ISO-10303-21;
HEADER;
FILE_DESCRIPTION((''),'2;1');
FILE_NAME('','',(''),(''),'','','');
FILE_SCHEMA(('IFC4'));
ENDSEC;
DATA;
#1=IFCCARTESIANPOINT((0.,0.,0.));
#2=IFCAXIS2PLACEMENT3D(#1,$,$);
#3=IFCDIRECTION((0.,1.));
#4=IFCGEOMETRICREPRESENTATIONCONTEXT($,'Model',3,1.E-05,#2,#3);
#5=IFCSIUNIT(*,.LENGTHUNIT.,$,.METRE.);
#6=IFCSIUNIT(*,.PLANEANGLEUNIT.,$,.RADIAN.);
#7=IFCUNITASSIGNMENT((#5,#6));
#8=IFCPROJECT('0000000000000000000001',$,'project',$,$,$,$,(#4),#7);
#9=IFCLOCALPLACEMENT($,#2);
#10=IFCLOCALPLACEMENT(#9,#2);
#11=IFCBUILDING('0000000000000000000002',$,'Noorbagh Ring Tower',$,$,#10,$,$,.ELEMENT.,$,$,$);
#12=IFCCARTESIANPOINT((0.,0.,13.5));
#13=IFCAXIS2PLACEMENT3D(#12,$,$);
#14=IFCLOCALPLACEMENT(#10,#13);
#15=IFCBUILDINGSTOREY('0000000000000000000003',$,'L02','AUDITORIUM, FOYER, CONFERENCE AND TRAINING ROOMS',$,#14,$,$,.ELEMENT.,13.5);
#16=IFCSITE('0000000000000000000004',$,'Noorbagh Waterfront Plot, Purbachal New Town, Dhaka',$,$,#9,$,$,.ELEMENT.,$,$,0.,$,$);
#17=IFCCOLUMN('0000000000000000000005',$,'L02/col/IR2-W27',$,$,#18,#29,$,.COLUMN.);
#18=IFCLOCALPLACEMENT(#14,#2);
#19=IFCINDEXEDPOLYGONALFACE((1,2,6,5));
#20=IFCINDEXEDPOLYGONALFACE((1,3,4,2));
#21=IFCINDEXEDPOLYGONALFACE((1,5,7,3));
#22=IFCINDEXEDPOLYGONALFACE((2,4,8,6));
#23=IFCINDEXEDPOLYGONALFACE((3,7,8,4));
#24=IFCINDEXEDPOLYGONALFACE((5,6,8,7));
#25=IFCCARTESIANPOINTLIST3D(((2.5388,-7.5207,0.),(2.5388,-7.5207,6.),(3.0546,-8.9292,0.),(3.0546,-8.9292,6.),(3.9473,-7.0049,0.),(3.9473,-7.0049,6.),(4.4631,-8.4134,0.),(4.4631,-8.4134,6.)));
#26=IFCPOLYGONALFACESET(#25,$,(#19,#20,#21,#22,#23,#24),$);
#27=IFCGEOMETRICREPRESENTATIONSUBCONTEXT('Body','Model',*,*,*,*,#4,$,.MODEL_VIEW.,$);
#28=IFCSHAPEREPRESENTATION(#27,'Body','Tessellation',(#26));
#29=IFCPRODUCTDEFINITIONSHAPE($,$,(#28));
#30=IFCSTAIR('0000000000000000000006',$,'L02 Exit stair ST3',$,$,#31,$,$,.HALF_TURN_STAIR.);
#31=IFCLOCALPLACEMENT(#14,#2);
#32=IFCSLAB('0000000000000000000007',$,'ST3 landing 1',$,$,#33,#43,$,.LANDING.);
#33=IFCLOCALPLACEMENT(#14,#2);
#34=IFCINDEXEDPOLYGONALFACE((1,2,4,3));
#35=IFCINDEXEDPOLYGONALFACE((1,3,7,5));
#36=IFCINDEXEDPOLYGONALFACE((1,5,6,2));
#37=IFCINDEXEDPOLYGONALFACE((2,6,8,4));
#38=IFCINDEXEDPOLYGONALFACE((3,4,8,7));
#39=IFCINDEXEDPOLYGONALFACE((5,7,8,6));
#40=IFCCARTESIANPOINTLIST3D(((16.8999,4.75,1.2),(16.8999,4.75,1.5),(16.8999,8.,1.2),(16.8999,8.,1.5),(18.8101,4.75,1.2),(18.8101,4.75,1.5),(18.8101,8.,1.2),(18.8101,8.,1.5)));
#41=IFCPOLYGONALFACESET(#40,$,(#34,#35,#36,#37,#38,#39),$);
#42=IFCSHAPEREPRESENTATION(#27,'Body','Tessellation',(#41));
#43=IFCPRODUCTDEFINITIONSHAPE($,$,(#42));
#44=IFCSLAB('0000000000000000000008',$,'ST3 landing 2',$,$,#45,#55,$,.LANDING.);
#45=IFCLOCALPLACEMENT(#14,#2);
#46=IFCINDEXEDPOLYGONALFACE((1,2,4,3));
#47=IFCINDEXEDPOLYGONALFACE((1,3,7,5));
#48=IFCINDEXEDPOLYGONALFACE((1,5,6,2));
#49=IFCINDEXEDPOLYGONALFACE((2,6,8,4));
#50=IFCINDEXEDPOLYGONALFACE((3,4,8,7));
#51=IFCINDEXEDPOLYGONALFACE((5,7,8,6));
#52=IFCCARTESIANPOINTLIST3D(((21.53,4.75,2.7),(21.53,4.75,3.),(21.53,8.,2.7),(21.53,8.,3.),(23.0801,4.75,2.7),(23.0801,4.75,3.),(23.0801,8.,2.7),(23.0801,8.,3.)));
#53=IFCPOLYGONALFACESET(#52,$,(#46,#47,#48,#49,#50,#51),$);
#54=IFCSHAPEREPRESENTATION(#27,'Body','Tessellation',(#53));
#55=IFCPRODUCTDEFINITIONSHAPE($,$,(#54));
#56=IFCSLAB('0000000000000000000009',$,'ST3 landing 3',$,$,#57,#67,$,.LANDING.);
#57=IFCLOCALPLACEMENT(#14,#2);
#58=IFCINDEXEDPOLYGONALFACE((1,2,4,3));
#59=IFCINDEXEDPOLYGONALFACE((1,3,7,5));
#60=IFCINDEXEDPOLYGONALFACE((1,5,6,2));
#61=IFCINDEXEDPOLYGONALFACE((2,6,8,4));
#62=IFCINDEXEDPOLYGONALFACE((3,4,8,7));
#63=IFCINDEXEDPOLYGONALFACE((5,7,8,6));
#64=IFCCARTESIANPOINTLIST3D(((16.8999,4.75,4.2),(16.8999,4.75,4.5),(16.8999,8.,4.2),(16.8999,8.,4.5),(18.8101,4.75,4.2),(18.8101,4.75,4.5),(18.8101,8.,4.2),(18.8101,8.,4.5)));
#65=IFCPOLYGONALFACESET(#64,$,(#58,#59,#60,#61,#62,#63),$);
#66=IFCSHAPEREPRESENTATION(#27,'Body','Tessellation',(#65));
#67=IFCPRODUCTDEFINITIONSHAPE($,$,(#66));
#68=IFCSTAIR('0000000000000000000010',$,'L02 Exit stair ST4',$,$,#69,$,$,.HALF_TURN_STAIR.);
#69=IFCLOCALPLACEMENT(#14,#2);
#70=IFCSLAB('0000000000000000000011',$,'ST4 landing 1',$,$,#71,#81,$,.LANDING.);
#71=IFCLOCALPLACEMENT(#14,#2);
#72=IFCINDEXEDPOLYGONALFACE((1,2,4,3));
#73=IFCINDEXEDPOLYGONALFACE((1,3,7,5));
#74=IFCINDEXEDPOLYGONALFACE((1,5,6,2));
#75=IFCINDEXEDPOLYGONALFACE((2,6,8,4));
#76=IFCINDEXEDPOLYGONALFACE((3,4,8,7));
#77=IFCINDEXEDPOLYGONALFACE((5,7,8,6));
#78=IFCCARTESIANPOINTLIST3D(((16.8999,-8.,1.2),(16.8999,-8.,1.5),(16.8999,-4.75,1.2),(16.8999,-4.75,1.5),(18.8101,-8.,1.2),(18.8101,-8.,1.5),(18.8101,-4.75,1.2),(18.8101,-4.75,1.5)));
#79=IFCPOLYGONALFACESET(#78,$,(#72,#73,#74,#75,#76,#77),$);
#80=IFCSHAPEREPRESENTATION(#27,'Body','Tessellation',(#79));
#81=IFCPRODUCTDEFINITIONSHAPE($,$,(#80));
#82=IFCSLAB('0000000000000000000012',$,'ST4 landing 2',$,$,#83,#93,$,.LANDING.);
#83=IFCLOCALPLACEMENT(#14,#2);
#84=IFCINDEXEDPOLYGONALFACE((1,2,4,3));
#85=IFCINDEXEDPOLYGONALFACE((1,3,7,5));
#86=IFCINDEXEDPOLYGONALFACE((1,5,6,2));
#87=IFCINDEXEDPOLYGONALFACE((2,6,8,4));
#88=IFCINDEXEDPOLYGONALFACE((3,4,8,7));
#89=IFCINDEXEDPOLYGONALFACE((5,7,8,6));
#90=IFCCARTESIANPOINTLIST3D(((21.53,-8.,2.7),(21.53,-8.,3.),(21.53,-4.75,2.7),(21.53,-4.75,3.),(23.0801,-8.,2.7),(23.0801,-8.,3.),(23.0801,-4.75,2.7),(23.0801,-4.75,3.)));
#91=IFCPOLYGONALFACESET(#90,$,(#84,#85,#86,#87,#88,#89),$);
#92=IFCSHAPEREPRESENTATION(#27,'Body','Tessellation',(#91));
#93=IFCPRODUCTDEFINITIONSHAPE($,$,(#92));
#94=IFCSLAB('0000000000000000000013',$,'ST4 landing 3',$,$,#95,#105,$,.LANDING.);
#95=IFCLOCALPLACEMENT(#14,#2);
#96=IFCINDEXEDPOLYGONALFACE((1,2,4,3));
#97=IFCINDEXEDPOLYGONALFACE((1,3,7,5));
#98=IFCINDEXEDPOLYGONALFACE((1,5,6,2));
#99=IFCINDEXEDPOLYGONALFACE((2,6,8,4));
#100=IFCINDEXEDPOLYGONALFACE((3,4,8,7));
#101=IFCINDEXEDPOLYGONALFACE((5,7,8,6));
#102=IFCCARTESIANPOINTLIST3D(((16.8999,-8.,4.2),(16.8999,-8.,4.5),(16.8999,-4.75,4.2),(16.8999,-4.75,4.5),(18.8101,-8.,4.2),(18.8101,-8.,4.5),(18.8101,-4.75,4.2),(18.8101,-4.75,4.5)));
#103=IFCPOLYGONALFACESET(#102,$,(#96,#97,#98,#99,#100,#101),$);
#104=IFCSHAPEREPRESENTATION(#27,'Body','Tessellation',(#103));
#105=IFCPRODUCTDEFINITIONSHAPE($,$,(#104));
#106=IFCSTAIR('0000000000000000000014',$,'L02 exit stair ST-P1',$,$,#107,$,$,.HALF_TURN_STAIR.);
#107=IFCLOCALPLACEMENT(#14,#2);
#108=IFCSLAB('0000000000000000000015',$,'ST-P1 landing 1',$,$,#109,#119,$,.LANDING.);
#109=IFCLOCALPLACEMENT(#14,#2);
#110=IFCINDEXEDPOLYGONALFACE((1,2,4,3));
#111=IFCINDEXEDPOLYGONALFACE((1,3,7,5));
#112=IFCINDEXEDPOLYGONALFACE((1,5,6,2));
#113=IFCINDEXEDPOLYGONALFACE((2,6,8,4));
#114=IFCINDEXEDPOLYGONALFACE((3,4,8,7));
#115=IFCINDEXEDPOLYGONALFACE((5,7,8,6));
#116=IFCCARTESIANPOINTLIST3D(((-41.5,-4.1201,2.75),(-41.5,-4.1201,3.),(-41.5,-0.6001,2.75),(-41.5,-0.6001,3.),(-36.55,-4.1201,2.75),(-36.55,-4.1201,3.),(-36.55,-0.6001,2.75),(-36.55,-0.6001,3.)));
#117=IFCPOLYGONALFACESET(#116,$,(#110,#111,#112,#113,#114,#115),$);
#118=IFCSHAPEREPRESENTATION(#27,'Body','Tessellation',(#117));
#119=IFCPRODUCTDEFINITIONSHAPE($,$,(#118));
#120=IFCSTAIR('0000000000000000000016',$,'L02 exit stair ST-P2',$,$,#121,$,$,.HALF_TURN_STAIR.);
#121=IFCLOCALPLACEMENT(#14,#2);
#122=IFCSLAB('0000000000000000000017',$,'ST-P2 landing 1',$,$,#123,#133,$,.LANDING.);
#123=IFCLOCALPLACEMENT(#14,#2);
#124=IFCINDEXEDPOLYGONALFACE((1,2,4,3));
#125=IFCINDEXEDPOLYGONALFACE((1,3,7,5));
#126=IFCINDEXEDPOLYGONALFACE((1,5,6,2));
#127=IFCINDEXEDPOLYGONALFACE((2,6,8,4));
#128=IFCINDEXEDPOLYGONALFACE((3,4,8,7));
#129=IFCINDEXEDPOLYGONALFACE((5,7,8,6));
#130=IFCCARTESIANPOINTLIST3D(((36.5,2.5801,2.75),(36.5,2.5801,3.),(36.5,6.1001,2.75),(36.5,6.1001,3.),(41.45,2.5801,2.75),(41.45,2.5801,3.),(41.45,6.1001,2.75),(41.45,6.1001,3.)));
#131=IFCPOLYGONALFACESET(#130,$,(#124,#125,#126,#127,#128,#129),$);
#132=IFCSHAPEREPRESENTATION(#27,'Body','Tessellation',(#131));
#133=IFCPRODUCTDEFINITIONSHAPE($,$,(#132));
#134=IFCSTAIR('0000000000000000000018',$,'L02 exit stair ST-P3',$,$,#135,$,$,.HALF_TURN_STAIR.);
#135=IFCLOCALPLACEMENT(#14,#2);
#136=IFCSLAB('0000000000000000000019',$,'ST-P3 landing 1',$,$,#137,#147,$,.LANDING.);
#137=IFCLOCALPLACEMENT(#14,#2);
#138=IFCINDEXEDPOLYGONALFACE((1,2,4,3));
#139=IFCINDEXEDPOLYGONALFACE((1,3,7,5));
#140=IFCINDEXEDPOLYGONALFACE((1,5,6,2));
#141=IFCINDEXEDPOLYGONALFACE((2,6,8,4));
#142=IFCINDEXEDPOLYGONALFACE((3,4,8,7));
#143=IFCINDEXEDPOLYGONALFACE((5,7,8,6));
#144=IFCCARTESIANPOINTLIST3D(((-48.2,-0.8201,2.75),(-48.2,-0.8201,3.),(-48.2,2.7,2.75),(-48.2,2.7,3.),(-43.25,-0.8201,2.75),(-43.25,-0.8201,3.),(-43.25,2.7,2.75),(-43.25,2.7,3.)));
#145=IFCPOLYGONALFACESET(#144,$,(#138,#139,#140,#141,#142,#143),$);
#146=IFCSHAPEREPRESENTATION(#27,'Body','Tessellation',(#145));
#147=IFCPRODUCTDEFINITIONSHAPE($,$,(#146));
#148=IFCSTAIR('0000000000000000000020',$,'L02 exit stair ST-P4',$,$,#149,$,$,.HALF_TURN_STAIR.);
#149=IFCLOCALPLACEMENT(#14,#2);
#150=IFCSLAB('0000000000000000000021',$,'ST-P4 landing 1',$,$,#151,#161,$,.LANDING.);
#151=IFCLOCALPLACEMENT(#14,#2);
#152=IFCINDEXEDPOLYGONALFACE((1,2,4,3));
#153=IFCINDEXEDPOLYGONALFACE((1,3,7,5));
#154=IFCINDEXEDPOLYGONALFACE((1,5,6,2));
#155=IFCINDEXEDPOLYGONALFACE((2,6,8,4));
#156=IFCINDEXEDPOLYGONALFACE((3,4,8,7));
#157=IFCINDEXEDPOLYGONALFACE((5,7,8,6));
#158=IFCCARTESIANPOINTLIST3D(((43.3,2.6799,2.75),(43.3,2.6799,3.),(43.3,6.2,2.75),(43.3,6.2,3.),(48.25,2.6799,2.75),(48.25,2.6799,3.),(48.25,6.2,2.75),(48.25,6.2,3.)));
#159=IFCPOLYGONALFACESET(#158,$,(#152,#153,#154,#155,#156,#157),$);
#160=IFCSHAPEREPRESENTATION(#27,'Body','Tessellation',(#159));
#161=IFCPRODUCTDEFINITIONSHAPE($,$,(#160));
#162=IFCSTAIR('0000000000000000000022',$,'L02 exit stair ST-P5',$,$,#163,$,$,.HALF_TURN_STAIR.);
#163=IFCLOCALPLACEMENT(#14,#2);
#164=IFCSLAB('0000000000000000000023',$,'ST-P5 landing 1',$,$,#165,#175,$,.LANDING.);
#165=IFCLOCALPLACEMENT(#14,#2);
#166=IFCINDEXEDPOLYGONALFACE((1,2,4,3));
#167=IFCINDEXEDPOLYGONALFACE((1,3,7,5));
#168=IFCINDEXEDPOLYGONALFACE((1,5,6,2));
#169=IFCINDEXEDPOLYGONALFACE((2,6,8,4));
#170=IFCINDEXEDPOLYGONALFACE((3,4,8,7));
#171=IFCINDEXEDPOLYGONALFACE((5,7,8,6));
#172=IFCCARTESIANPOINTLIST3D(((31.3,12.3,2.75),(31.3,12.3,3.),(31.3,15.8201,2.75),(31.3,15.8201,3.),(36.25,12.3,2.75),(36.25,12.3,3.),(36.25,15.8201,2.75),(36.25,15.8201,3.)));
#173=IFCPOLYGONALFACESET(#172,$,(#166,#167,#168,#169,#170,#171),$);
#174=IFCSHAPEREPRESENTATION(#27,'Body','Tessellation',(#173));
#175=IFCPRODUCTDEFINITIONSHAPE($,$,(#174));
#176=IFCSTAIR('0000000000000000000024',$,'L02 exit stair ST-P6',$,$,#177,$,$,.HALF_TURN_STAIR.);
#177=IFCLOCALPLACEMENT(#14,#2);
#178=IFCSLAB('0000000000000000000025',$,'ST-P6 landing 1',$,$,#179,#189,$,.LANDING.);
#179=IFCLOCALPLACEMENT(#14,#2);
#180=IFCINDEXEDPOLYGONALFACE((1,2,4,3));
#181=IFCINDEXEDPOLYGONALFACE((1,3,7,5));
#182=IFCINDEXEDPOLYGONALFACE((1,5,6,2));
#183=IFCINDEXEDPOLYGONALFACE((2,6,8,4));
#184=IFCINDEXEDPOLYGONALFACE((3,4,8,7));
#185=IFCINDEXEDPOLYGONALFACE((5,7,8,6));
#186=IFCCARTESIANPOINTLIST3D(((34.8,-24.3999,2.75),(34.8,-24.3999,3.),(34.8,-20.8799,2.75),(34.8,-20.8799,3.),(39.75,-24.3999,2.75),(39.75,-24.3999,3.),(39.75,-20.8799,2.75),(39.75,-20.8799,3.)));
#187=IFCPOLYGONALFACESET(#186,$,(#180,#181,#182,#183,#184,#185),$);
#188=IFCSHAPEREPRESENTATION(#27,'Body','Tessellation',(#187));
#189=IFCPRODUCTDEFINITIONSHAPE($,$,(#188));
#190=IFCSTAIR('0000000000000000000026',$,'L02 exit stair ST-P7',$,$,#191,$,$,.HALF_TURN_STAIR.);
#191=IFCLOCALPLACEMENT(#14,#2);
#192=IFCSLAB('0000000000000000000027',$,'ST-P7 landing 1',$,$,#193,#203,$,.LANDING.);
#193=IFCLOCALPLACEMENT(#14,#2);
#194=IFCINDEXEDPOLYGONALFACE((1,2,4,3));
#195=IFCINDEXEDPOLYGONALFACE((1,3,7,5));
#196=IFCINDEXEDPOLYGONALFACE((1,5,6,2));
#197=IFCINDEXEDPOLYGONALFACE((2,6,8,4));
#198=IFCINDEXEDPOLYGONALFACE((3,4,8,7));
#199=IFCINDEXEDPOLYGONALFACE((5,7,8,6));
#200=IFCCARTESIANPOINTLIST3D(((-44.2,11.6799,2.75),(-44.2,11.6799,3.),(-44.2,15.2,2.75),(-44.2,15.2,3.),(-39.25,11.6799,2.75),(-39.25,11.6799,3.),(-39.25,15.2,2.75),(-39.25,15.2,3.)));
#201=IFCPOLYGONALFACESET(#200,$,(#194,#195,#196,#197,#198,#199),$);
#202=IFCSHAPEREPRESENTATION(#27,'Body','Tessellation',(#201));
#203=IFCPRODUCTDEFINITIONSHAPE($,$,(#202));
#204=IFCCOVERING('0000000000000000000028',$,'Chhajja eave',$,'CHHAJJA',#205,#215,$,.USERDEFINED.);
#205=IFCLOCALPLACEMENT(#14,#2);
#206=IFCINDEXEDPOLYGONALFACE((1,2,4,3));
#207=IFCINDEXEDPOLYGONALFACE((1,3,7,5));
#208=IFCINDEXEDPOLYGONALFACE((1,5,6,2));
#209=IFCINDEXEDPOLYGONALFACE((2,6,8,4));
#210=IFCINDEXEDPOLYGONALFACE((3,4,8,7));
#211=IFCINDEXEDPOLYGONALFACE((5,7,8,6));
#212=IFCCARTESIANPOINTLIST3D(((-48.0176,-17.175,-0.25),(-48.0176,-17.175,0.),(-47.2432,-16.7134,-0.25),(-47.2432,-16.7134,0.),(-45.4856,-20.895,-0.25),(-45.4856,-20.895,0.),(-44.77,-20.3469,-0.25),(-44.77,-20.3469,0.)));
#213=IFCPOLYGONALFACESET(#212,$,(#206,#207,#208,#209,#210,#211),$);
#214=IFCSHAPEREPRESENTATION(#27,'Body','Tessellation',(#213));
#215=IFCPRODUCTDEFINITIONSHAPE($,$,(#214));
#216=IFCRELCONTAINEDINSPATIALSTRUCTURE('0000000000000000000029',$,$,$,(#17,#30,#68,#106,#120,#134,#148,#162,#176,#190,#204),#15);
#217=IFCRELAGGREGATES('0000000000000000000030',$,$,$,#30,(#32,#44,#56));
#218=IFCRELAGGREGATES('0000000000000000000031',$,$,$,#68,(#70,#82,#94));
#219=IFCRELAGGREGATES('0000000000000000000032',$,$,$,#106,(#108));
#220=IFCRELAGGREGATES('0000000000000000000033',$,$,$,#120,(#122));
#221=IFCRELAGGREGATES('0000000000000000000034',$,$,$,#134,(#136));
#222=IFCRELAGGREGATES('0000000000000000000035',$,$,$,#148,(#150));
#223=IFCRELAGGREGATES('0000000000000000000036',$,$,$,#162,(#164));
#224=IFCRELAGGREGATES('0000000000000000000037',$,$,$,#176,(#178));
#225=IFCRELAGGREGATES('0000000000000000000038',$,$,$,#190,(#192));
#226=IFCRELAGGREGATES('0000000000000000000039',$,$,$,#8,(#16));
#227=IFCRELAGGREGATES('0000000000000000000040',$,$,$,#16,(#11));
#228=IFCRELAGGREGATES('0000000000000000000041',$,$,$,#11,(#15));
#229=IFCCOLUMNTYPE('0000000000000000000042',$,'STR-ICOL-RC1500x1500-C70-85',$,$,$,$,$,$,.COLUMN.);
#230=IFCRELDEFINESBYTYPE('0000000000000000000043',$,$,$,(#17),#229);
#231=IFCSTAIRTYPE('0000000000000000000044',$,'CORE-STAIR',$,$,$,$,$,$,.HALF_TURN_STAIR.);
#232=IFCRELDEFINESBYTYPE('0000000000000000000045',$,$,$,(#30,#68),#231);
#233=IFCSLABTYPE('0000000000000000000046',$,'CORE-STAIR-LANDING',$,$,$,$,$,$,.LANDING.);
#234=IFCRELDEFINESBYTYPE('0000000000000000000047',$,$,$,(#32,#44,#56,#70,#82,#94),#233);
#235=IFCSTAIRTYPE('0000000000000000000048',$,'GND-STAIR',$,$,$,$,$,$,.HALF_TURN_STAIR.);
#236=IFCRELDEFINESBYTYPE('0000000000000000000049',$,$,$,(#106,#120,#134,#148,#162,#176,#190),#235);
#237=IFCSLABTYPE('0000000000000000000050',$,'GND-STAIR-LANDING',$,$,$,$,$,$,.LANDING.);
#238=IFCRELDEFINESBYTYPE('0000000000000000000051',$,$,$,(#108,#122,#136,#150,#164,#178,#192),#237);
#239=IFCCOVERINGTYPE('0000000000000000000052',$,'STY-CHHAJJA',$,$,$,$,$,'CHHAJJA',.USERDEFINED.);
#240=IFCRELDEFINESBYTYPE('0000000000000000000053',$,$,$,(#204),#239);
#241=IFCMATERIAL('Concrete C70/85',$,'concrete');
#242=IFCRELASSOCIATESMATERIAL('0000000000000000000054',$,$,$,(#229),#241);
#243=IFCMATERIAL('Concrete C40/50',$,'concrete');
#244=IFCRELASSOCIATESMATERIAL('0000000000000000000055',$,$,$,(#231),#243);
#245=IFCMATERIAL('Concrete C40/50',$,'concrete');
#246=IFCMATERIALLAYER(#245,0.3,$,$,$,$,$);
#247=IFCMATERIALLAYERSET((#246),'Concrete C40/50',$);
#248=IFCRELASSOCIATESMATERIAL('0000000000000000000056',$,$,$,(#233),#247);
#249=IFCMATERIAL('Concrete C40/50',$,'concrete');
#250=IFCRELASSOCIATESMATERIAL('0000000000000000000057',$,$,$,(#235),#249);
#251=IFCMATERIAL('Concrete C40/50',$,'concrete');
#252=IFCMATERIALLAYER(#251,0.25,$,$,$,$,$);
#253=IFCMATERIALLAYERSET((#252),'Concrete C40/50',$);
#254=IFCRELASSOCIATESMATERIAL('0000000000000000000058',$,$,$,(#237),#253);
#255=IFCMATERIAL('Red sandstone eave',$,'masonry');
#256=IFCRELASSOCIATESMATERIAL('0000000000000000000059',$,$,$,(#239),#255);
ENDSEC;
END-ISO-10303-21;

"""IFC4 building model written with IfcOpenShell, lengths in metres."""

from ifc_helpers import new_model, si_unit, direction, frame, origin, origin_2d, place, context, subcontext, project, spatial, polyline, rectangle, outline, extrude, material, layer, layer_set, material_profile, profile_set, type_object, element, aggregate, save


model = new_model("IFC4")

# Units and contexts
model_context = context("Model", 3, precision=1e-05, world=origin(), true_north=direction((0.0, 1.0)))
body_context = subcontext(model_context, "Body", "Model", "MODEL_VIEW")
ifc_project = project(units=[si_unit("LENGTHUNIT", "METRE"), si_unit("PLANEANGLEUNIT", "RADIAN")], contexts=[model_context])

# Site, building, storey
site_placement = place(None, origin())
site = spatial("IfcSite", under=ifc_project, at=site_placement, Name="Noorbagh Waterfront Plot, Purbachal New Town, Dhaka", CompositionType="ELEMENT", RefElevation=0.0)
building_placement = place(site_placement, origin())
building = spatial("IfcBuilding", under=site, at=building_placement, Name="Noorbagh Ring Tower", CompositionType="ELEMENT")
storey_placement = place(building_placement, frame((0.0, 0.0, 13.5)))
storey = spatial("IfcBuildingStorey", under=building, at=storey_placement, Name="L02", Description="AUDITORIUM, FOYER, CONFERENCE AND TRAINING ROOMS", CompositionType="ELEMENT", Elevation=13.5)

# Column
ifc_material_1 = material(Name="Concrete C70/85", Category="concrete")
ifc_material_profile = material_profile(ifc_material_1, rectangle(XDim=1.5, YDim=1.5, at=origin_2d()), Name="RC1500x1500")
ifc_profile_set = profile_set([ifc_material_profile], Name="Concrete C70/85")
column_type = type_object("IfcColumnType", Name="STR-ICOL-RC1500x1500-C70-85", PredefinedType="COLUMN", material=ifc_profile_set)
column_placement = place(storey_placement, frame((3.501, -7.967, 0.0), z_axis=(0.0, 0.0, 1.0), x_axis=(0.93902, 0.343864, 0.0)))
element("IfcColumn", 1, at=column_placement, inside=storey, type_object=column_type, Name="L02/col/IR2-W27", PredefinedType="COLUMN", context=body_context, shape_type="SweptSolid", body=[
    extrude(rectangle(XDim=1.5, YDim=1.5, at=origin_2d()), origin(), (0.0, 0.0, 1.0), 6.0),
])

# Stairs, slabs
ifc_material_2 = material(Name="Concrete C40/50", Category="concrete")
stair_type_1 = type_object("IfcStairType", Name="CORE-STAIR", PredefinedType="HALF_TURN_STAIR", material=ifc_material_2)
stair_1_placement = place(storey_placement, origin())
stair_1 = element("IfcStair", 2, at=stair_1_placement, inside=storey, type_object=stair_type_1, Name="L02 Exit stair ST3", PredefinedType="HALF_TURN_STAIR")
ifc_material_3 = material(Name="Concrete C40/50", Category="concrete")
ifc_layer_1 = layer(ifc_material_3, 0.3)
ifc_layer_set_1 = layer_set([ifc_layer_1], Name="Concrete C40/50")
slab_type_1 = type_object("IfcSlabType", Name="CORE-STAIR-LANDING", PredefinedType="LANDING", material=ifc_layer_set_1)
slab_1_placement = place(storey_placement, frame((0.0, 0.0, 1.2)))
slab_1 = element("IfcSlab", 3, at=slab_1_placement, type_object=slab_type_1, Name="ST3 landing 1", PredefinedType="LANDING", context=body_context, shape_type="SweptSolid", body=[
    extrude(outline(polyline([(18.8101, 8.0), (16.8999, 8.0), (16.8999, 4.75), (18.8101, 4.75), (18.8101, 8.0)])), origin(), (0.0, 0.0, 1.0), 0.3),
])
slab_2_placement = place(storey_placement, frame((0.0, 0.0, 2.7)))
slab_2 = element("IfcSlab", 4, at=slab_2_placement, type_object=slab_type_1, Name="ST3 landing 2", PredefinedType="LANDING", context=body_context, shape_type="SweptSolid", body=[
    extrude(outline(polyline([(23.0801, 8.0), (21.53, 8.0), (21.53, 4.75), (23.0801, 4.75), (23.0801, 8.0)])), origin(), (0.0, 0.0, 1.0), 0.3),
])
slab_3_placement = place(storey_placement, frame((0.0, 0.0, 4.2)))
slab_3 = element("IfcSlab", 5, at=slab_3_placement, type_object=slab_type_1, Name="ST3 landing 3", PredefinedType="LANDING", context=body_context, shape_type="SweptSolid", body=[
    extrude(outline(polyline([(18.8101, 8.0), (16.8999, 8.0), (16.8999, 4.75), (18.8101, 4.75), (18.8101, 8.0)])), origin(), (0.0, 0.0, 1.0), 0.3),
])
aggregate(stair_1, [slab_1, slab_2, slab_3])
stair_2_placement = place(storey_placement, origin())
stair_2 = element("IfcStair", 6, at=stair_2_placement, inside=storey, type_object=stair_type_1, Name="L02 Exit stair ST4", PredefinedType="HALF_TURN_STAIR")
slab_4_placement = place(storey_placement, frame((0.0, 0.0, 1.2)))
slab_4 = element("IfcSlab", 7, at=slab_4_placement, type_object=slab_type_1, Name="ST4 landing 1", PredefinedType="LANDING", context=body_context, shape_type="SweptSolid", body=[
    extrude(outline(polyline([(18.8101, -4.75), (16.8999, -4.75), (16.8999, -8.0), (18.8101, -8.0), (18.8101, -4.75)])), origin(), (0.0, 0.0, 1.0), 0.3),
])
slab_5_placement = place(storey_placement, frame((0.0, 0.0, 2.7)))
slab_5 = element("IfcSlab", 8, at=slab_5_placement, type_object=slab_type_1, Name="ST4 landing 2", PredefinedType="LANDING", context=body_context, shape_type="SweptSolid", body=[
    extrude(outline(polyline([(23.0801, -4.75), (21.53, -4.75), (21.53, -8.0), (23.0801, -8.0), (23.0801, -4.75)])), origin(), (0.0, 0.0, 1.0), 0.3),
])
slab_6_placement = place(storey_placement, frame((0.0, 0.0, 4.2)))
slab_6 = element("IfcSlab", 9, at=slab_6_placement, type_object=slab_type_1, Name="ST4 landing 3", PredefinedType="LANDING", context=body_context, shape_type="SweptSolid", body=[
    extrude(outline(polyline([(18.8101, -4.75), (16.8999, -4.75), (16.8999, -8.0), (18.8101, -8.0), (18.8101, -4.75)])), origin(), (0.0, 0.0, 1.0), 0.3),
])
aggregate(stair_2, [slab_4, slab_5, slab_6])

# Stairs, slabs
ifc_material_4 = material(Name="Concrete C40/50", Category="concrete")
stair_type_2 = type_object("IfcStairType", Name="GND-STAIR", PredefinedType="HALF_TURN_STAIR", material=ifc_material_4)
stair_3_placement = place(storey_placement, origin())
stair_3 = element("IfcStair", 10, at=stair_3_placement, inside=storey, type_object=stair_type_2, Name="L02 exit stair ST-P1", PredefinedType="HALF_TURN_STAIR")
ifc_material_5 = material(Name="Concrete C40/50", Category="concrete")
ifc_layer_2 = layer(ifc_material_5, 0.25)
ifc_layer_set_2 = layer_set([ifc_layer_2], Name="Concrete C40/50")
slab_type_2 = type_object("IfcSlabType", Name="GND-STAIR-LANDING", PredefinedType="LANDING", material=ifc_layer_set_2)
slab_7_placement = place(storey_placement, frame((0.0, 0.0, 2.75)))
slab_7 = element("IfcSlab", 11, at=slab_7_placement, type_object=slab_type_2, Name="ST-P1 landing 1", PredefinedType="LANDING", context=body_context, shape_type="SweptSolid", body=[
    extrude(outline(polyline([(-36.55, -4.1201), (-36.55, -0.6001), (-41.5, -0.6001), (-41.5, -4.1201), (-36.55, -4.1201)])), origin(), (0.0, 0.0, 1.0), 0.25),
])
aggregate(stair_3, [slab_7])
stair_4_placement = place(storey_placement, origin())
stair_4 = element("IfcStair", 12, at=stair_4_placement, inside=storey, type_object=stair_type_2, Name="L02 exit stair ST-P2", PredefinedType="HALF_TURN_STAIR")
slab_8_placement = place(storey_placement, frame((0.0, 0.0, 2.75)))
slab_8 = element("IfcSlab", 13, at=slab_8_placement, type_object=slab_type_2, Name="ST-P2 landing 1", PredefinedType="LANDING", context=body_context, shape_type="SweptSolid", body=[
    extrude(outline(polyline([(41.45, 2.5801), (41.45, 6.1001), (36.5, 6.1001), (36.5, 2.5801), (41.45, 2.5801)])), origin(), (0.0, 0.0, 1.0), 0.25),
])
aggregate(stair_4, [slab_8])
stair_5_placement = place(storey_placement, origin())
stair_5 = element("IfcStair", 14, at=stair_5_placement, inside=storey, type_object=stair_type_2, Name="L02 exit stair ST-P3", PredefinedType="HALF_TURN_STAIR")
slab_9_placement = place(storey_placement, frame((0.0, 0.0, 2.75)))
slab_9 = element("IfcSlab", 15, at=slab_9_placement, type_object=slab_type_2, Name="ST-P3 landing 1", PredefinedType="LANDING", context=body_context, shape_type="SweptSolid", body=[
    extrude(outline(polyline([(-43.25, -0.8201), (-43.25, 2.7), (-48.2, 2.7), (-48.2, -0.8201), (-43.25, -0.8201)])), origin(), (0.0, 0.0, 1.0), 0.25),
])
aggregate(stair_5, [slab_9])
stair_6_placement = place(storey_placement, origin())
stair_6 = element("IfcStair", 16, at=stair_6_placement, inside=storey, type_object=stair_type_2, Name="L02 exit stair ST-P4", PredefinedType="HALF_TURN_STAIR")
slab_10_placement = place(storey_placement, frame((0.0, 0.0, 2.75)))
slab_10 = element("IfcSlab", 17, at=slab_10_placement, type_object=slab_type_2, Name="ST-P4 landing 1", PredefinedType="LANDING", context=body_context, shape_type="SweptSolid", body=[
    extrude(outline(polyline([(48.25, 2.6799), (48.25, 6.2), (43.3, 6.2), (43.3, 2.6799), (48.25, 2.6799)])), origin(), (0.0, 0.0, 1.0), 0.25),
])
aggregate(stair_6, [slab_10])
stair_7_placement = place(storey_placement, origin())
stair_7 = element("IfcStair", 18, at=stair_7_placement, inside=storey, type_object=stair_type_2, Name="L02 exit stair ST-P5", PredefinedType="HALF_TURN_STAIR")
slab_11_placement = place(storey_placement, frame((0.0, 0.0, 2.75)))
slab_11 = element("IfcSlab", 19, at=slab_11_placement, type_object=slab_type_2, Name="ST-P5 landing 1", PredefinedType="LANDING", context=body_context, shape_type="SweptSolid", body=[
    extrude(outline(polyline([(31.3, 15.8201), (31.3, 12.3), (36.25, 12.3), (36.25, 15.8201), (31.3, 15.8201)])), origin(), (0.0, 0.0, 1.0), 0.25),
])
aggregate(stair_7, [slab_11])
stair_8_placement = place(storey_placement, origin())
stair_8 = element("IfcStair", 20, at=stair_8_placement, inside=storey, type_object=stair_type_2, Name="L02 exit stair ST-P6", PredefinedType="HALF_TURN_STAIR")
slab_12_placement = place(storey_placement, frame((0.0, 0.0, 2.75)))
slab_12 = element("IfcSlab", 21, at=slab_12_placement, type_object=slab_type_2, Name="ST-P6 landing 1", PredefinedType="LANDING", context=body_context, shape_type="SweptSolid", body=[
    extrude(outline(polyline([(34.8, -20.8799), (34.8, -24.3999), (39.75, -24.3999), (39.75, -20.8799), (34.8, -20.8799)])), origin(), (0.0, 0.0, 1.0), 0.25),
])
aggregate(stair_8, [slab_12])
stair_9_placement = place(storey_placement, origin())
stair_9 = element("IfcStair", 22, at=stair_9_placement, inside=storey, type_object=stair_type_2, Name="L02 exit stair ST-P7", PredefinedType="HALF_TURN_STAIR")
slab_13_placement = place(storey_placement, frame((0.0, 0.0, 2.75)))
slab_13 = element("IfcSlab", 23, at=slab_13_placement, type_object=slab_type_2, Name="ST-P7 landing 1", PredefinedType="LANDING", context=body_context, shape_type="SweptSolid", body=[
    extrude(outline(polyline([(-39.25, 11.6799), (-39.25, 15.2), (-44.2, 15.2), (-44.2, 11.6799), (-39.25, 11.6799)])), origin(), (0.0, 0.0, 1.0), 0.25),
])
aggregate(stair_9, [slab_13])

# Covering
ifc_material_6 = material(Name="Red sandstone eave", Category="masonry")
covering_type = type_object("IfcCoveringType", Name="STY-CHHAJJA", ElementType="CHHAJJA", PredefinedType="USERDEFINED", material=ifc_material_6)
covering_1_placement = place(storey_placement, frame((0.0, 0.0, -0.25)))
element("IfcCovering", 24, at=covering_1_placement, inside=storey, type_object=covering_type, Name="Chhajja eave", ObjectType="CHHAJJA", PredefinedType="USERDEFINED", context=body_context, shape_type="SweptSolid", body=[
    extrude(outline(polyline([(-47.2432, -16.7134), (-44.77, -20.3469), (-45.4856, -20.895), (-48.0176, -17.175), (-47.2432, -16.7134)])), origin(), (0.0, 0.0, 1.0), 0.25),
])

save(model, "model.ifc")
